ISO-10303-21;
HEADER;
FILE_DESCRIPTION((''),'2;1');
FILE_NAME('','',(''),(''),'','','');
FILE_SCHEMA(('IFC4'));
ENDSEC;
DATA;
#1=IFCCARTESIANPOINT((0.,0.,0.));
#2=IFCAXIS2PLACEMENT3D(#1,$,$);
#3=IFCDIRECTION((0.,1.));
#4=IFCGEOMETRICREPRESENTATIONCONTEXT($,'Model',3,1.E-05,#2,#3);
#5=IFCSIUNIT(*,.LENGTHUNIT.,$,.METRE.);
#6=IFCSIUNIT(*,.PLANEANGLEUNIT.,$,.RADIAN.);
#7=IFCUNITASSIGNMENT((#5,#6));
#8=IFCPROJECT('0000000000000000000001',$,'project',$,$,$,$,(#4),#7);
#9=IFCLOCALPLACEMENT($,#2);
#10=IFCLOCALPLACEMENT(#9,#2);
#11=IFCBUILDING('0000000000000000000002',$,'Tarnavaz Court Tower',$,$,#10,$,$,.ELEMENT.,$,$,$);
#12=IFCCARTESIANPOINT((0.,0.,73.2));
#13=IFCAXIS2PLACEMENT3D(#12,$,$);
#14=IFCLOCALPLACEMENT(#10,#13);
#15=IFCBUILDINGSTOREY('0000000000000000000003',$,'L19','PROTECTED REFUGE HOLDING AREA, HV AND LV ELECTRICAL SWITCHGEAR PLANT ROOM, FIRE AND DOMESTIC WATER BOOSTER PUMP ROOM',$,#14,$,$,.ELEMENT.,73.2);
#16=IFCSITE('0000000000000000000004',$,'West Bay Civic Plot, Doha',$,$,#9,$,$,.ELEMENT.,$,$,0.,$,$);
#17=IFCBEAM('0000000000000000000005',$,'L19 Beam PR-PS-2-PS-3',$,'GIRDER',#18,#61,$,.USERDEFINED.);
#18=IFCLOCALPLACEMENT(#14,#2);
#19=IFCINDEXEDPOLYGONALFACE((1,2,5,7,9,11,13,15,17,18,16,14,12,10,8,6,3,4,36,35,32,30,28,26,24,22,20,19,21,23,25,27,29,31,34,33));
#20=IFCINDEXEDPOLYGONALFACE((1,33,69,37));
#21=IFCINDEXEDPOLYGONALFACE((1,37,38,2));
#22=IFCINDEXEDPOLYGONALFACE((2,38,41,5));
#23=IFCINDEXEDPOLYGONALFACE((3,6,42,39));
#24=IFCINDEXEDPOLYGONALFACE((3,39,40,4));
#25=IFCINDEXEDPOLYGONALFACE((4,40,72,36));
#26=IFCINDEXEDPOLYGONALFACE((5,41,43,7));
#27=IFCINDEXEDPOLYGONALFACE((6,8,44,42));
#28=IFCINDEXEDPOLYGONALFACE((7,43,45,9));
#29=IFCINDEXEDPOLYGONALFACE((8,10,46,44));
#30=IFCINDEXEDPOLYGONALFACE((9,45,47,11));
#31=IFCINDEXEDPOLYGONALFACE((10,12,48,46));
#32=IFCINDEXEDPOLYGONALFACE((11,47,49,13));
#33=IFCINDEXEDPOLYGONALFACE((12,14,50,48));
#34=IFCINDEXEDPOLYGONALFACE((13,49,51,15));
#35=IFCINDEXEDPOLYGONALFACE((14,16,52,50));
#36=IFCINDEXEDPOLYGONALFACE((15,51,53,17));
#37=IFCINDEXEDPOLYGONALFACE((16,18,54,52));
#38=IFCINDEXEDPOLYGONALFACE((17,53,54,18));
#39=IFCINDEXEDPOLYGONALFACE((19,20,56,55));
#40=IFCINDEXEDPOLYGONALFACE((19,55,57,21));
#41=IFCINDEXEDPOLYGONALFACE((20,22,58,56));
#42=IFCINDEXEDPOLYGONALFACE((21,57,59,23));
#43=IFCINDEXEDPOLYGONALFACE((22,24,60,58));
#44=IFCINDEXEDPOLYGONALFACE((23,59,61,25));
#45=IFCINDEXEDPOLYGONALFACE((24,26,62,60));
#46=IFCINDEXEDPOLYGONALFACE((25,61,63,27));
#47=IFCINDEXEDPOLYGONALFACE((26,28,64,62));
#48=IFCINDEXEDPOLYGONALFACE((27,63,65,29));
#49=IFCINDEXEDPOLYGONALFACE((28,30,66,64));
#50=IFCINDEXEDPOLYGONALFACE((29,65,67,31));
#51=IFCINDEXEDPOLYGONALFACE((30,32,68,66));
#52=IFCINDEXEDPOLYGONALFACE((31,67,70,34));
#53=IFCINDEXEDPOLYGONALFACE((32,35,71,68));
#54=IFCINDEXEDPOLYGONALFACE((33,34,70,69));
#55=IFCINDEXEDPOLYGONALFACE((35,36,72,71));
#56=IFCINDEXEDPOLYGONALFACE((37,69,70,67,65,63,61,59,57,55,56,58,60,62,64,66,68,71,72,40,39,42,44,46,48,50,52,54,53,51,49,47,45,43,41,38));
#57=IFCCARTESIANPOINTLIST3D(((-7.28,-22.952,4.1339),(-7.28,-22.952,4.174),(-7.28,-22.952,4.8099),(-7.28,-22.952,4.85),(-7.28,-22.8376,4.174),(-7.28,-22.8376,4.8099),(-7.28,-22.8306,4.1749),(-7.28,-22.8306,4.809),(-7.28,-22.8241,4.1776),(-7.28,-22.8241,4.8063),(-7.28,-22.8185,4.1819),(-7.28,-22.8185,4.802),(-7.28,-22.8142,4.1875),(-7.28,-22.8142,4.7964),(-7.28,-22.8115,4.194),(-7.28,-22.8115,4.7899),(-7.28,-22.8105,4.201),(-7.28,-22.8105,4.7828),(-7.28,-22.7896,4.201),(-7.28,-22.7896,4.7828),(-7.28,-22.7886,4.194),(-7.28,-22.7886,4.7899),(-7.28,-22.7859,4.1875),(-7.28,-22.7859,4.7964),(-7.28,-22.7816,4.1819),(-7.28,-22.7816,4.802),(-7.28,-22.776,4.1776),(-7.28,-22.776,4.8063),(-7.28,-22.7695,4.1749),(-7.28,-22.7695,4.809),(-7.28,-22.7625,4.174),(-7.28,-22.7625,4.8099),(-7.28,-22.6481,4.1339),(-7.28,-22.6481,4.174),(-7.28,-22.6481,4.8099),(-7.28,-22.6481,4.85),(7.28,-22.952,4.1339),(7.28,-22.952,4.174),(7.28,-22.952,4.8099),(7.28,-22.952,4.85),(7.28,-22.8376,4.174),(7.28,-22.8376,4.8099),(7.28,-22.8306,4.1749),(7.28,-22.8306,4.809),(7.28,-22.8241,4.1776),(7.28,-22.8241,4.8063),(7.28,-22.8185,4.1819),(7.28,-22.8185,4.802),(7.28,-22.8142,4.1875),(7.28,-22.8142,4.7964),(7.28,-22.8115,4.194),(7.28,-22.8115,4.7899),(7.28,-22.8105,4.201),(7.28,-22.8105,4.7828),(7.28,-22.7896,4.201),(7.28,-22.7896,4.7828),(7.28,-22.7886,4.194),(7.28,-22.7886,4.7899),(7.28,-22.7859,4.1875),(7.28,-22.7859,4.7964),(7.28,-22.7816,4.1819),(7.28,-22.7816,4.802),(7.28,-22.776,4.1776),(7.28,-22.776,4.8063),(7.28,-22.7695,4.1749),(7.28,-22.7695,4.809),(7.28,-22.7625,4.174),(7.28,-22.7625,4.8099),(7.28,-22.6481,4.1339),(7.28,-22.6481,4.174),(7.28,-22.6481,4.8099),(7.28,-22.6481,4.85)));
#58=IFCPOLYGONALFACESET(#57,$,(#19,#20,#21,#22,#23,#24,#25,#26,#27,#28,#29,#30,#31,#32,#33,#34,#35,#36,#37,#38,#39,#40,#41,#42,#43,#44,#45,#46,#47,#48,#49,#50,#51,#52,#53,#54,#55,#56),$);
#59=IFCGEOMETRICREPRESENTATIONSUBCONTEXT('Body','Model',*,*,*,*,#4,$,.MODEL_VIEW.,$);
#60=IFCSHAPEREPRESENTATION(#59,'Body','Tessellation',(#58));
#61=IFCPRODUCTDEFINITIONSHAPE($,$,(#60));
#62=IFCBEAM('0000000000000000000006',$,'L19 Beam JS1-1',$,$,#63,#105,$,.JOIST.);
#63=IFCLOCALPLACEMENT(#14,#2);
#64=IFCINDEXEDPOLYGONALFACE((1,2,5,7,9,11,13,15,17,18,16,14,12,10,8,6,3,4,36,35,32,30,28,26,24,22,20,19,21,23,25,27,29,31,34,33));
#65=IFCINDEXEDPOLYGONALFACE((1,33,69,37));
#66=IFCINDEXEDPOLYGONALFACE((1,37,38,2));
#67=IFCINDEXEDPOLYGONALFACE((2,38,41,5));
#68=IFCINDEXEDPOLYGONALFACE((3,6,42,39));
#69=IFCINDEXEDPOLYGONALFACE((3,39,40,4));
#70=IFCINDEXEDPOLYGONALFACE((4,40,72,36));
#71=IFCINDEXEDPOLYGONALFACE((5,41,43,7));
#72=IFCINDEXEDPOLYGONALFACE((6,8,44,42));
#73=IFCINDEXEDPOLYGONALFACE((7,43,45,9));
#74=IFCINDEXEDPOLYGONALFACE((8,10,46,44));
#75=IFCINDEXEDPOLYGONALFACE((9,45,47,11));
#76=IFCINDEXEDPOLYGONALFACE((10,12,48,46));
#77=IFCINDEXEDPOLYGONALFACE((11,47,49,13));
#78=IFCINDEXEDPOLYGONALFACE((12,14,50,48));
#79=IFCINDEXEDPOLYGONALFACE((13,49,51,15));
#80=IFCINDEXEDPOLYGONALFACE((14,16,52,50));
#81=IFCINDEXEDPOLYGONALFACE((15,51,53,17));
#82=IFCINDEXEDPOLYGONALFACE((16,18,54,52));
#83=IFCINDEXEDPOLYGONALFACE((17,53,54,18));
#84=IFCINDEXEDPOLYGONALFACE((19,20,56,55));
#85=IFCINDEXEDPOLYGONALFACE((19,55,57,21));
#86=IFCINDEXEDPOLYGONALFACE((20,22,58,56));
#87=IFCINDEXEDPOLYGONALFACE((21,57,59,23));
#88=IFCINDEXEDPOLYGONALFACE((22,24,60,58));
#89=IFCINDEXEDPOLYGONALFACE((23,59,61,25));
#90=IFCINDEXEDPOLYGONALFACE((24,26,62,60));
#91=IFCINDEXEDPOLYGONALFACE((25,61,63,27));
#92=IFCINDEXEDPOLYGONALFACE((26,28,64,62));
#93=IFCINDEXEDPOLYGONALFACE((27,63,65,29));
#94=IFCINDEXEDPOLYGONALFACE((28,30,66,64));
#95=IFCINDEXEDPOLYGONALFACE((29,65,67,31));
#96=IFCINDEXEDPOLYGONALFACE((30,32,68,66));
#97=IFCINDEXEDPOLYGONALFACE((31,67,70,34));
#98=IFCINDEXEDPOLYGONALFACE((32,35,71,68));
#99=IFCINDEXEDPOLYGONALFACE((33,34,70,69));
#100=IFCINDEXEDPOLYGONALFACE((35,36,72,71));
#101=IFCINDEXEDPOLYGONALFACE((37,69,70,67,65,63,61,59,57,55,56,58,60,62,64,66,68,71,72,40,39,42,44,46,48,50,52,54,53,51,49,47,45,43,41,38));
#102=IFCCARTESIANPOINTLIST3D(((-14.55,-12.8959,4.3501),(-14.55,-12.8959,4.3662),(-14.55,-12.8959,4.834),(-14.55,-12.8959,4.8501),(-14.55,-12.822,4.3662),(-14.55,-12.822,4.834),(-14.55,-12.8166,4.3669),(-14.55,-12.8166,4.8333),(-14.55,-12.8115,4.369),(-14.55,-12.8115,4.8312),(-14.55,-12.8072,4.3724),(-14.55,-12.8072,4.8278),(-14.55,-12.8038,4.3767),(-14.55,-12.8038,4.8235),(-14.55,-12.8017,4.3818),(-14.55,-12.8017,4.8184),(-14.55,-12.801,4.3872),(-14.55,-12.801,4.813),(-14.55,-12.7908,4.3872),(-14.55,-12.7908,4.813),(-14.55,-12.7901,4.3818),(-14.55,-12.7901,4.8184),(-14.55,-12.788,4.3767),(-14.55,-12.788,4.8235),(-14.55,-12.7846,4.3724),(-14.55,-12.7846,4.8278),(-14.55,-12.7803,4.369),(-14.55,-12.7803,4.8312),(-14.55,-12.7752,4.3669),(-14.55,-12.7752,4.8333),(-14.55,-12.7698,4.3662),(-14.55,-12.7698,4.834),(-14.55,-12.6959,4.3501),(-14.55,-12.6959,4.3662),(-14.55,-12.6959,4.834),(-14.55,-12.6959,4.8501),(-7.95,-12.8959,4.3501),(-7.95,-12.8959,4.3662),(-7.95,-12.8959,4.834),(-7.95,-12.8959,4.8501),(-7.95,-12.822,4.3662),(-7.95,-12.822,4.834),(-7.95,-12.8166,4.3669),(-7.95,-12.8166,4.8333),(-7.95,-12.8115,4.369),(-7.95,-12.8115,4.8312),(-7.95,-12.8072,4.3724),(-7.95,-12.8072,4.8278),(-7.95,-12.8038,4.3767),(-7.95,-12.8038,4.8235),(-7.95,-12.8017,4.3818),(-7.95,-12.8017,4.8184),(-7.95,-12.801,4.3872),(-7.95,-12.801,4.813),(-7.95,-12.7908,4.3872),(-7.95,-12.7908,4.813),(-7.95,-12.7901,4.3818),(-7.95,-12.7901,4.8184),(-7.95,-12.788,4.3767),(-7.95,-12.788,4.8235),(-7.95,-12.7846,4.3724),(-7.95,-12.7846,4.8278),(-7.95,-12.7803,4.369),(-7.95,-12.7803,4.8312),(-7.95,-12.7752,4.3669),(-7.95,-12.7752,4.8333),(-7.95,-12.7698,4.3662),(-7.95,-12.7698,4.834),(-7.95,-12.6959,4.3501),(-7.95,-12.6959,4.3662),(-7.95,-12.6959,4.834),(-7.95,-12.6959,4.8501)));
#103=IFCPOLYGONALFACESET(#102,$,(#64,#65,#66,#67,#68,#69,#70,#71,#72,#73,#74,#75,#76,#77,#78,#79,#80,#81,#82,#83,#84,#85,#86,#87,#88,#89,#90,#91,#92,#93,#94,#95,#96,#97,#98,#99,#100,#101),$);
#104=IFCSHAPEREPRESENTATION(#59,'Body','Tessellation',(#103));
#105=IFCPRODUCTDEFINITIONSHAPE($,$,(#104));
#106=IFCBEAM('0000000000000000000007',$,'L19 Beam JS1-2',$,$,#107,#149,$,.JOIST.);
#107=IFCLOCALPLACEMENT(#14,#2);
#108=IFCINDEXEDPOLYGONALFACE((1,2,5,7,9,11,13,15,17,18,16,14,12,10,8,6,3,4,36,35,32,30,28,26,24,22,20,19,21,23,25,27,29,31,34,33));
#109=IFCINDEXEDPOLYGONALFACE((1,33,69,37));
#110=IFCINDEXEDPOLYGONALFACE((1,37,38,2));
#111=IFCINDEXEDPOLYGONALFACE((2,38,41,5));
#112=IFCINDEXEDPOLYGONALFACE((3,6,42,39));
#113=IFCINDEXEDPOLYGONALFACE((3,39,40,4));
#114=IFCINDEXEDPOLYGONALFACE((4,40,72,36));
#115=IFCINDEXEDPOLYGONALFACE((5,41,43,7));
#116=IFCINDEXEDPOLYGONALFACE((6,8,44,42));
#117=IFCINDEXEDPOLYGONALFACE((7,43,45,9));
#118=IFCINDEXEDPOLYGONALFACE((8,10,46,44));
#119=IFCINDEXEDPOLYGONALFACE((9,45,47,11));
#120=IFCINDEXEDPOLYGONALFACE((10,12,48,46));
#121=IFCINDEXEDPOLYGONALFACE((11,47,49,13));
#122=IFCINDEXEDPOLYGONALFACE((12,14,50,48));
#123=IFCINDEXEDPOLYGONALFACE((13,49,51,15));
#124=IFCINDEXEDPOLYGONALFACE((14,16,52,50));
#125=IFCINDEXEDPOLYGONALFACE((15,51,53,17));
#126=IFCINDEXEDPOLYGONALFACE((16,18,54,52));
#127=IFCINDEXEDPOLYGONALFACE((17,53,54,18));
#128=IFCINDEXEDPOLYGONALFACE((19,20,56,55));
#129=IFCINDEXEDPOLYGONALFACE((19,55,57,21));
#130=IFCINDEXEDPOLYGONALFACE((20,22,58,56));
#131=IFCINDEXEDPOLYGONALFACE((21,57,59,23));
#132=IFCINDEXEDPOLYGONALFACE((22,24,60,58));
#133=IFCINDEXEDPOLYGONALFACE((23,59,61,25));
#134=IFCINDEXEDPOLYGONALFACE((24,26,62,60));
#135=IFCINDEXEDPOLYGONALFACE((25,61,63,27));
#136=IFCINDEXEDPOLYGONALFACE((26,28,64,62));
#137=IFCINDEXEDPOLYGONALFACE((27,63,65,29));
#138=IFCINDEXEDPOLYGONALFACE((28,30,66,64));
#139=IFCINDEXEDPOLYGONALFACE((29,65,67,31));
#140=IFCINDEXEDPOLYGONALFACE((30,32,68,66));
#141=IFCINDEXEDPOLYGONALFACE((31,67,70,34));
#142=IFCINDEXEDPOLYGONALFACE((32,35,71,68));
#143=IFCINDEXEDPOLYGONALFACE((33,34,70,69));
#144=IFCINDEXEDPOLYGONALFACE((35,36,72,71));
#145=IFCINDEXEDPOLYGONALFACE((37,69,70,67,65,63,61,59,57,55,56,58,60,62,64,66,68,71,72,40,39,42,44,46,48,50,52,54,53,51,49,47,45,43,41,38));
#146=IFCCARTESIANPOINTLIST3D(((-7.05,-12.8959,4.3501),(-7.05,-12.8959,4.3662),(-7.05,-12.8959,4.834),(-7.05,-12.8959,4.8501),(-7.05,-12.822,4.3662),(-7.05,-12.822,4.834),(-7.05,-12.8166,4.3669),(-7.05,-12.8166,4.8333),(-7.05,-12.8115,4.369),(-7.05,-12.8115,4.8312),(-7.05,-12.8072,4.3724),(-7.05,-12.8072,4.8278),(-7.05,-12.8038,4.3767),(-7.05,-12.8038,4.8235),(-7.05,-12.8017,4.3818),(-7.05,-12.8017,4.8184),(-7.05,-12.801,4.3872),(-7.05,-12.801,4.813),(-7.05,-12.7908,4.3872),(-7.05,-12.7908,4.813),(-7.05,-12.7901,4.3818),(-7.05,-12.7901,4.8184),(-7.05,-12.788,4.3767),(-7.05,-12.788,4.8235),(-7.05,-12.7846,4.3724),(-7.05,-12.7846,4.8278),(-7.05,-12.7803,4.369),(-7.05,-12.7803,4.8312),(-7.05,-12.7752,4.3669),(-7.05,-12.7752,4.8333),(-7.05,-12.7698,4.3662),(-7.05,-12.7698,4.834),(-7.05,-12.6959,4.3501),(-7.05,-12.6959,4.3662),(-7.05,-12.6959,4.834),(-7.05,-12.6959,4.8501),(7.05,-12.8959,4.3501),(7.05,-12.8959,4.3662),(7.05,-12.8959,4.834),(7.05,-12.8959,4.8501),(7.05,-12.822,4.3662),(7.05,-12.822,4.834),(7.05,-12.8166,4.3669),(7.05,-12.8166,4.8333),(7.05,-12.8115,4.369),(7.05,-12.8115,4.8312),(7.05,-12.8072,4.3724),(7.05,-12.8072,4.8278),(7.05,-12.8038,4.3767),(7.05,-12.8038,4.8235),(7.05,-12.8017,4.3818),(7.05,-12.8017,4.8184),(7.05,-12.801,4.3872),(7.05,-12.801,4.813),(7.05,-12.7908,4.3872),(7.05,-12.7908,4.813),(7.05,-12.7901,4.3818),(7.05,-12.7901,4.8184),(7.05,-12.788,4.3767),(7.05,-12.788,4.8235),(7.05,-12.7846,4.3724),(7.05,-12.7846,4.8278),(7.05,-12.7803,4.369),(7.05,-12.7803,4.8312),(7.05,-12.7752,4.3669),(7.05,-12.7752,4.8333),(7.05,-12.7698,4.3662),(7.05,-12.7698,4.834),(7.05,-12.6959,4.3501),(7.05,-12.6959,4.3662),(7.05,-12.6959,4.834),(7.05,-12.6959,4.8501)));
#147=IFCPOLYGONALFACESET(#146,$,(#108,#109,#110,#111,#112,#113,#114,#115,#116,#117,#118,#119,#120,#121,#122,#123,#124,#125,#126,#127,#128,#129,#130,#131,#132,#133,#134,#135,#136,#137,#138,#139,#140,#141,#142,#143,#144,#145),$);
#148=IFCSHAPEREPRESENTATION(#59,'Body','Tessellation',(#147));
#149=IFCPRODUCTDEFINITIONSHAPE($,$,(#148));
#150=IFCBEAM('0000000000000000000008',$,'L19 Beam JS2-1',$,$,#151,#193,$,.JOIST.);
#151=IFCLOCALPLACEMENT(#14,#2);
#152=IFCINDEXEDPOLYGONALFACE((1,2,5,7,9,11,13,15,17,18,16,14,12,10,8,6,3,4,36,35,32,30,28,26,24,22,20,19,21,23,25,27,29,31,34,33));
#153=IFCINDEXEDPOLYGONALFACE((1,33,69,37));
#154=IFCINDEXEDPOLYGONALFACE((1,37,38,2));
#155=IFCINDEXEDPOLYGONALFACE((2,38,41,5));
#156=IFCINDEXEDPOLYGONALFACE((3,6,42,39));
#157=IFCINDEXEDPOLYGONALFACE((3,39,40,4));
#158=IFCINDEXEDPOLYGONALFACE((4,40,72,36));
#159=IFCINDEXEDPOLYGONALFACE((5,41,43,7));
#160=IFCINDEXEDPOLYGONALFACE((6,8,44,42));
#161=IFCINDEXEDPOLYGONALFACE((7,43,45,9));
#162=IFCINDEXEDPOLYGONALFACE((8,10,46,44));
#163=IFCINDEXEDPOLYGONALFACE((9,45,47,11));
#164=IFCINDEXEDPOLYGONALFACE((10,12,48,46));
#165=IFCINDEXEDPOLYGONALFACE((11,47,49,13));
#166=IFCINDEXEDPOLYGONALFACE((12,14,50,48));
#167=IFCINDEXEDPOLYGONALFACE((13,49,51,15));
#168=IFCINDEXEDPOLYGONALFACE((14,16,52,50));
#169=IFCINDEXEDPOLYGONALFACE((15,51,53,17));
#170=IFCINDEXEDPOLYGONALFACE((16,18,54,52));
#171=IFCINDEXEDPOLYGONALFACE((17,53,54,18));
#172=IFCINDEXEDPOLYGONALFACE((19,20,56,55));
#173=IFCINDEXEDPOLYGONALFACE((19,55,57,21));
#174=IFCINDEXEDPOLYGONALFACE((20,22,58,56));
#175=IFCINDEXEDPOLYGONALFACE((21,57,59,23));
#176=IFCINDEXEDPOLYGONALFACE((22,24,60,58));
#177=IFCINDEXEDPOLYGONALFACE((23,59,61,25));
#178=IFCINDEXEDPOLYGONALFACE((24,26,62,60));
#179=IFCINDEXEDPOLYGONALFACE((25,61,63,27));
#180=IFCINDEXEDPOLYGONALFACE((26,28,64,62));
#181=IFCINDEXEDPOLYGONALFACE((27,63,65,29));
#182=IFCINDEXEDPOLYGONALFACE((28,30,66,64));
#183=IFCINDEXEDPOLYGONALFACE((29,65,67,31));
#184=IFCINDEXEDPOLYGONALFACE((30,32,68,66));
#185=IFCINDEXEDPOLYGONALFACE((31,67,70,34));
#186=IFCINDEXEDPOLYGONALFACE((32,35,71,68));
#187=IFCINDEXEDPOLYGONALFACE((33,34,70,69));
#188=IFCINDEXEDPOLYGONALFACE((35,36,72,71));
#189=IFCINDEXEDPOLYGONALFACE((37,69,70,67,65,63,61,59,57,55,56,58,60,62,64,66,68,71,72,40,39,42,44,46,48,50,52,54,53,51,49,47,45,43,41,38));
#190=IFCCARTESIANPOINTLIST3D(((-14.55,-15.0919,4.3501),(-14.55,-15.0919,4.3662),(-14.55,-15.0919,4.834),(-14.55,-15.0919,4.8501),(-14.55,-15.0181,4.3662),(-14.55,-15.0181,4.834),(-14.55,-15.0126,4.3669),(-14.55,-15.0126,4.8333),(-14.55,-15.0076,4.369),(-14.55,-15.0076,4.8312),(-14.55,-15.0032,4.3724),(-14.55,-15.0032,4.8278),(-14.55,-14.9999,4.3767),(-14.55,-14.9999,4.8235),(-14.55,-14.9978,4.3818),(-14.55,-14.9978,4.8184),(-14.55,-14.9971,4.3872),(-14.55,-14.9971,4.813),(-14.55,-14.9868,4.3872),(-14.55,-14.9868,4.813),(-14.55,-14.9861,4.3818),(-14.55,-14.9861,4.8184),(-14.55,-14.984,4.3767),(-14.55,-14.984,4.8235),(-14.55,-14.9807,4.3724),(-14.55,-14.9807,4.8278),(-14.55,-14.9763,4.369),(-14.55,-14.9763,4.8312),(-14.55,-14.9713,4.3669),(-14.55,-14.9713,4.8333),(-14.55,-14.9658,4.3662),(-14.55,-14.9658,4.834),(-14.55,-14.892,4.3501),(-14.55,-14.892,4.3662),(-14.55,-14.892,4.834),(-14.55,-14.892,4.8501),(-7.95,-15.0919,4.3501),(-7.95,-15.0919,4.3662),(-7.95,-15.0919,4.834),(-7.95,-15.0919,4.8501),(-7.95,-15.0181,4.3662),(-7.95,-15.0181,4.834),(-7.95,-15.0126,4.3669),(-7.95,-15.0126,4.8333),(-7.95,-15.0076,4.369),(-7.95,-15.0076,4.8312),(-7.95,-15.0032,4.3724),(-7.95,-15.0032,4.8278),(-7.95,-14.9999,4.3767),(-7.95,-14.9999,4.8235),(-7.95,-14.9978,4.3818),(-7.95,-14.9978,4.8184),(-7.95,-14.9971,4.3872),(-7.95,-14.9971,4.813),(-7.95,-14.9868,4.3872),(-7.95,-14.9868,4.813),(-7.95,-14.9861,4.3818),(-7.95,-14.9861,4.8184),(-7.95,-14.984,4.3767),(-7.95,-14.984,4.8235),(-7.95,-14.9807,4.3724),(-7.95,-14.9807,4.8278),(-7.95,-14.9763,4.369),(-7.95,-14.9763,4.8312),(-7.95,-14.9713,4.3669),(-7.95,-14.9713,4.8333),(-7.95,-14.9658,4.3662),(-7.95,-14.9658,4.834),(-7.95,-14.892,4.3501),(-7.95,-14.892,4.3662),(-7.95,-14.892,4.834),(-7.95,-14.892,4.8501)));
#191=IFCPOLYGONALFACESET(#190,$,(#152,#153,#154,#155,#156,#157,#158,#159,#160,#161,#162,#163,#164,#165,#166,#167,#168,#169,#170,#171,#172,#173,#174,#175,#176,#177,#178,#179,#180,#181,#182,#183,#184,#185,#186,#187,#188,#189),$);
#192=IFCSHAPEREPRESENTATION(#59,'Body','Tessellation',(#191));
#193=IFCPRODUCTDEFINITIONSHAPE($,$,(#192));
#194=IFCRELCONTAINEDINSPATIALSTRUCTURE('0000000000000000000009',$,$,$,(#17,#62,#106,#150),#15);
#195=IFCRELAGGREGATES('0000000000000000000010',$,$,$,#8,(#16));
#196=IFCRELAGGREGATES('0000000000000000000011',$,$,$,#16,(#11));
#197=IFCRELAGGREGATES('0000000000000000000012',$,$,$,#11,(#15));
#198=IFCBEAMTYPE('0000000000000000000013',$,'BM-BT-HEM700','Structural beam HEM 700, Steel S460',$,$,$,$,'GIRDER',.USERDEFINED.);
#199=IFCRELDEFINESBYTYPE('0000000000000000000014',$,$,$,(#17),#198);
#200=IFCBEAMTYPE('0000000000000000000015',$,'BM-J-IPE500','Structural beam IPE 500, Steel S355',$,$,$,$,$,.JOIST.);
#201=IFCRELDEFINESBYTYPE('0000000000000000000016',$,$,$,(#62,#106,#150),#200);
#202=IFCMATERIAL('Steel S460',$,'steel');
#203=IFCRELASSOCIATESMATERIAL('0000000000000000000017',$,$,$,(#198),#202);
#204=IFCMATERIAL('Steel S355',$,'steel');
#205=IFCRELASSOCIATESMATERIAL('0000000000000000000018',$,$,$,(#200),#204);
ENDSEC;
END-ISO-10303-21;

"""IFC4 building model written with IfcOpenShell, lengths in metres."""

from ifc_helpers import new_model, si_unit, direction, frame, origin, origin_2d, place, context, subcontext, project, spatial, i_section, extrude, material, material_profile, profile_set, type_object, element, save


model = new_model("IFC4")

# Units and contexts
model_context = context("Model", 3, precision=1e-05, world=origin(), true_north=direction((0.0, 1.0)))
body_context = subcontext(model_context, "Body", "Model", "MODEL_VIEW")
ifc_project = project(units=[si_unit("LENGTHUNIT", "METRE"), si_unit("PLANEANGLEUNIT", "RADIAN")], contexts=[model_context])

# Site, building, storey
site_placement = place(None, origin())
site = spatial("IfcSite", under=ifc_project, at=site_placement, Name="West Bay Civic Plot, Doha", CompositionType="ELEMENT", RefElevation=0.0)
building_placement = place(site_placement, origin())
building = spatial("IfcBuilding", under=site, at=building_placement, Name="Tarnavaz Court Tower", CompositionType="ELEMENT")
storey_placement = place(building_placement, frame((0.0, 0.0, 73.2)))
storey = spatial("IfcBuildingStorey", under=building, at=storey_placement, Name="L19", Description="PROTECTED REFUGE HOLDING AREA, HV AND LV ELECTRICAL SWITCHGEAR PLANT ROOM, FIRE AND DOMESTIC WATER BOOSTER PUMP ROOM", CompositionType="ELEMENT", Elevation=73.2)

# Shared definitions
ifc_material_1 = material(Name="Steel S460", Category="steel")

# Beams
ifc_material_profile_1 = material_profile(ifc_material_1, i_section(OverallWidth=0.304, OverallDepth=0.7161, WebThickness=0.021, FlangeThickness=0.04, FilletRadius=0.0271, at=origin_2d()), Name="HEM 700")
ifc_profile_set_1 = profile_set([ifc_material_profile_1], Name="Steel S460")
beam_type_1 = type_object("IfcBeamType", Name="BM-BT-HEM700", Description="Structural beam HEM 700, Steel S460", ElementType="GIRDER", PredefinedType="USERDEFINED", material=ifc_profile_set_1)
beam_1_placement = place(storey_placement, frame((-7.28, -22.8, 4.4919), z_axis=(1.0, 0.0, 0.0), x_axis=(0.0, 1.0, 0.0)))
element("IfcBeam", 1, at=beam_1_placement, inside=storey, type_object=beam_type_1, Name="L19 Beam PR-PS-2-PS-3", ObjectType="GIRDER", PredefinedType="USERDEFINED", context=body_context, shape_type="SweptSolid", body=[
    extrude(i_section(OverallWidth=0.304, OverallDepth=0.7161, WebThickness=0.021, FlangeThickness=0.04, FilletRadius=0.0271, at=origin_2d()), origin(), (0.0, 0.0, 1.0), 14.5601),
])
ifc_material_2 = material(Name="Steel S355", Category="steel")
ifc_material_profile_2 = material_profile(ifc_material_2, i_section(OverallWidth=0.2, OverallDepth=0.5, WebThickness=0.0103, FlangeThickness=0.0161, FilletRadius=0.021, at=origin_2d()), Name="IPE 500")
ifc_profile_set_2 = profile_set([ifc_material_profile_2], Name="Steel S355")
beam_type_2 = type_object("IfcBeamType", Name="BM-J-IPE500", Description="Structural beam IPE 500, Steel S355", PredefinedType="JOIST", material=ifc_profile_set_2)
beam_2_placement = place(storey_placement, frame((-14.55, -12.7959, 4.6001), z_axis=(1.0, 0.0, 0.0), x_axis=(0.0, 1.0, 0.0)))
element("IfcBeam", 2, at=beam_2_placement, inside=storey, type_object=beam_type_2, Name="L19 Beam JS1-1", PredefinedType="JOIST", context=body_context, shape_type="SweptSolid", body=[
    extrude(i_section(OverallWidth=0.2, OverallDepth=0.5, WebThickness=0.0103, FlangeThickness=0.0161, FilletRadius=0.021, at=origin_2d()), origin(), (0.0, 0.0, 1.0), 6.6001),
])
beam_3_placement = place(storey_placement, frame((-7.05, -12.7959, 4.6001), z_axis=(1.0, 0.0, 0.0), x_axis=(0.0, 1.0, 0.0)))
element("IfcBeam", 3, at=beam_3_placement, inside=storey, type_object=beam_type_2, Name="L19 Beam JS1-2", PredefinedType="JOIST", context=body_context, shape_type="SweptSolid", body=[
    extrude(i_section(OverallWidth=0.2, OverallDepth=0.5, WebThickness=0.0103, FlangeThickness=0.0161, FilletRadius=0.021, at=origin_2d()), origin(), (0.0, 0.0, 1.0), 14.1001),
])
beam_4_placement = place(storey_placement, frame((-14.55, -14.9919, 4.6001), z_axis=(1.0, 0.0, 0.0), x_axis=(0.0, 1.0, 0.0)))
element("IfcBeam", 4, at=beam_4_placement, inside=storey, type_object=beam_type_2, Name="L19 Beam JS2-1", PredefinedType="JOIST", context=body_context, shape_type="SweptSolid", body=[
    extrude(i_section(OverallWidth=0.2, OverallDepth=0.5, WebThickness=0.0103, FlangeThickness=0.0161, FilletRadius=0.021, at=origin_2d()), origin(), (0.0, 0.0, 1.0), 6.6001),
])

save(model, "model.ifc")
